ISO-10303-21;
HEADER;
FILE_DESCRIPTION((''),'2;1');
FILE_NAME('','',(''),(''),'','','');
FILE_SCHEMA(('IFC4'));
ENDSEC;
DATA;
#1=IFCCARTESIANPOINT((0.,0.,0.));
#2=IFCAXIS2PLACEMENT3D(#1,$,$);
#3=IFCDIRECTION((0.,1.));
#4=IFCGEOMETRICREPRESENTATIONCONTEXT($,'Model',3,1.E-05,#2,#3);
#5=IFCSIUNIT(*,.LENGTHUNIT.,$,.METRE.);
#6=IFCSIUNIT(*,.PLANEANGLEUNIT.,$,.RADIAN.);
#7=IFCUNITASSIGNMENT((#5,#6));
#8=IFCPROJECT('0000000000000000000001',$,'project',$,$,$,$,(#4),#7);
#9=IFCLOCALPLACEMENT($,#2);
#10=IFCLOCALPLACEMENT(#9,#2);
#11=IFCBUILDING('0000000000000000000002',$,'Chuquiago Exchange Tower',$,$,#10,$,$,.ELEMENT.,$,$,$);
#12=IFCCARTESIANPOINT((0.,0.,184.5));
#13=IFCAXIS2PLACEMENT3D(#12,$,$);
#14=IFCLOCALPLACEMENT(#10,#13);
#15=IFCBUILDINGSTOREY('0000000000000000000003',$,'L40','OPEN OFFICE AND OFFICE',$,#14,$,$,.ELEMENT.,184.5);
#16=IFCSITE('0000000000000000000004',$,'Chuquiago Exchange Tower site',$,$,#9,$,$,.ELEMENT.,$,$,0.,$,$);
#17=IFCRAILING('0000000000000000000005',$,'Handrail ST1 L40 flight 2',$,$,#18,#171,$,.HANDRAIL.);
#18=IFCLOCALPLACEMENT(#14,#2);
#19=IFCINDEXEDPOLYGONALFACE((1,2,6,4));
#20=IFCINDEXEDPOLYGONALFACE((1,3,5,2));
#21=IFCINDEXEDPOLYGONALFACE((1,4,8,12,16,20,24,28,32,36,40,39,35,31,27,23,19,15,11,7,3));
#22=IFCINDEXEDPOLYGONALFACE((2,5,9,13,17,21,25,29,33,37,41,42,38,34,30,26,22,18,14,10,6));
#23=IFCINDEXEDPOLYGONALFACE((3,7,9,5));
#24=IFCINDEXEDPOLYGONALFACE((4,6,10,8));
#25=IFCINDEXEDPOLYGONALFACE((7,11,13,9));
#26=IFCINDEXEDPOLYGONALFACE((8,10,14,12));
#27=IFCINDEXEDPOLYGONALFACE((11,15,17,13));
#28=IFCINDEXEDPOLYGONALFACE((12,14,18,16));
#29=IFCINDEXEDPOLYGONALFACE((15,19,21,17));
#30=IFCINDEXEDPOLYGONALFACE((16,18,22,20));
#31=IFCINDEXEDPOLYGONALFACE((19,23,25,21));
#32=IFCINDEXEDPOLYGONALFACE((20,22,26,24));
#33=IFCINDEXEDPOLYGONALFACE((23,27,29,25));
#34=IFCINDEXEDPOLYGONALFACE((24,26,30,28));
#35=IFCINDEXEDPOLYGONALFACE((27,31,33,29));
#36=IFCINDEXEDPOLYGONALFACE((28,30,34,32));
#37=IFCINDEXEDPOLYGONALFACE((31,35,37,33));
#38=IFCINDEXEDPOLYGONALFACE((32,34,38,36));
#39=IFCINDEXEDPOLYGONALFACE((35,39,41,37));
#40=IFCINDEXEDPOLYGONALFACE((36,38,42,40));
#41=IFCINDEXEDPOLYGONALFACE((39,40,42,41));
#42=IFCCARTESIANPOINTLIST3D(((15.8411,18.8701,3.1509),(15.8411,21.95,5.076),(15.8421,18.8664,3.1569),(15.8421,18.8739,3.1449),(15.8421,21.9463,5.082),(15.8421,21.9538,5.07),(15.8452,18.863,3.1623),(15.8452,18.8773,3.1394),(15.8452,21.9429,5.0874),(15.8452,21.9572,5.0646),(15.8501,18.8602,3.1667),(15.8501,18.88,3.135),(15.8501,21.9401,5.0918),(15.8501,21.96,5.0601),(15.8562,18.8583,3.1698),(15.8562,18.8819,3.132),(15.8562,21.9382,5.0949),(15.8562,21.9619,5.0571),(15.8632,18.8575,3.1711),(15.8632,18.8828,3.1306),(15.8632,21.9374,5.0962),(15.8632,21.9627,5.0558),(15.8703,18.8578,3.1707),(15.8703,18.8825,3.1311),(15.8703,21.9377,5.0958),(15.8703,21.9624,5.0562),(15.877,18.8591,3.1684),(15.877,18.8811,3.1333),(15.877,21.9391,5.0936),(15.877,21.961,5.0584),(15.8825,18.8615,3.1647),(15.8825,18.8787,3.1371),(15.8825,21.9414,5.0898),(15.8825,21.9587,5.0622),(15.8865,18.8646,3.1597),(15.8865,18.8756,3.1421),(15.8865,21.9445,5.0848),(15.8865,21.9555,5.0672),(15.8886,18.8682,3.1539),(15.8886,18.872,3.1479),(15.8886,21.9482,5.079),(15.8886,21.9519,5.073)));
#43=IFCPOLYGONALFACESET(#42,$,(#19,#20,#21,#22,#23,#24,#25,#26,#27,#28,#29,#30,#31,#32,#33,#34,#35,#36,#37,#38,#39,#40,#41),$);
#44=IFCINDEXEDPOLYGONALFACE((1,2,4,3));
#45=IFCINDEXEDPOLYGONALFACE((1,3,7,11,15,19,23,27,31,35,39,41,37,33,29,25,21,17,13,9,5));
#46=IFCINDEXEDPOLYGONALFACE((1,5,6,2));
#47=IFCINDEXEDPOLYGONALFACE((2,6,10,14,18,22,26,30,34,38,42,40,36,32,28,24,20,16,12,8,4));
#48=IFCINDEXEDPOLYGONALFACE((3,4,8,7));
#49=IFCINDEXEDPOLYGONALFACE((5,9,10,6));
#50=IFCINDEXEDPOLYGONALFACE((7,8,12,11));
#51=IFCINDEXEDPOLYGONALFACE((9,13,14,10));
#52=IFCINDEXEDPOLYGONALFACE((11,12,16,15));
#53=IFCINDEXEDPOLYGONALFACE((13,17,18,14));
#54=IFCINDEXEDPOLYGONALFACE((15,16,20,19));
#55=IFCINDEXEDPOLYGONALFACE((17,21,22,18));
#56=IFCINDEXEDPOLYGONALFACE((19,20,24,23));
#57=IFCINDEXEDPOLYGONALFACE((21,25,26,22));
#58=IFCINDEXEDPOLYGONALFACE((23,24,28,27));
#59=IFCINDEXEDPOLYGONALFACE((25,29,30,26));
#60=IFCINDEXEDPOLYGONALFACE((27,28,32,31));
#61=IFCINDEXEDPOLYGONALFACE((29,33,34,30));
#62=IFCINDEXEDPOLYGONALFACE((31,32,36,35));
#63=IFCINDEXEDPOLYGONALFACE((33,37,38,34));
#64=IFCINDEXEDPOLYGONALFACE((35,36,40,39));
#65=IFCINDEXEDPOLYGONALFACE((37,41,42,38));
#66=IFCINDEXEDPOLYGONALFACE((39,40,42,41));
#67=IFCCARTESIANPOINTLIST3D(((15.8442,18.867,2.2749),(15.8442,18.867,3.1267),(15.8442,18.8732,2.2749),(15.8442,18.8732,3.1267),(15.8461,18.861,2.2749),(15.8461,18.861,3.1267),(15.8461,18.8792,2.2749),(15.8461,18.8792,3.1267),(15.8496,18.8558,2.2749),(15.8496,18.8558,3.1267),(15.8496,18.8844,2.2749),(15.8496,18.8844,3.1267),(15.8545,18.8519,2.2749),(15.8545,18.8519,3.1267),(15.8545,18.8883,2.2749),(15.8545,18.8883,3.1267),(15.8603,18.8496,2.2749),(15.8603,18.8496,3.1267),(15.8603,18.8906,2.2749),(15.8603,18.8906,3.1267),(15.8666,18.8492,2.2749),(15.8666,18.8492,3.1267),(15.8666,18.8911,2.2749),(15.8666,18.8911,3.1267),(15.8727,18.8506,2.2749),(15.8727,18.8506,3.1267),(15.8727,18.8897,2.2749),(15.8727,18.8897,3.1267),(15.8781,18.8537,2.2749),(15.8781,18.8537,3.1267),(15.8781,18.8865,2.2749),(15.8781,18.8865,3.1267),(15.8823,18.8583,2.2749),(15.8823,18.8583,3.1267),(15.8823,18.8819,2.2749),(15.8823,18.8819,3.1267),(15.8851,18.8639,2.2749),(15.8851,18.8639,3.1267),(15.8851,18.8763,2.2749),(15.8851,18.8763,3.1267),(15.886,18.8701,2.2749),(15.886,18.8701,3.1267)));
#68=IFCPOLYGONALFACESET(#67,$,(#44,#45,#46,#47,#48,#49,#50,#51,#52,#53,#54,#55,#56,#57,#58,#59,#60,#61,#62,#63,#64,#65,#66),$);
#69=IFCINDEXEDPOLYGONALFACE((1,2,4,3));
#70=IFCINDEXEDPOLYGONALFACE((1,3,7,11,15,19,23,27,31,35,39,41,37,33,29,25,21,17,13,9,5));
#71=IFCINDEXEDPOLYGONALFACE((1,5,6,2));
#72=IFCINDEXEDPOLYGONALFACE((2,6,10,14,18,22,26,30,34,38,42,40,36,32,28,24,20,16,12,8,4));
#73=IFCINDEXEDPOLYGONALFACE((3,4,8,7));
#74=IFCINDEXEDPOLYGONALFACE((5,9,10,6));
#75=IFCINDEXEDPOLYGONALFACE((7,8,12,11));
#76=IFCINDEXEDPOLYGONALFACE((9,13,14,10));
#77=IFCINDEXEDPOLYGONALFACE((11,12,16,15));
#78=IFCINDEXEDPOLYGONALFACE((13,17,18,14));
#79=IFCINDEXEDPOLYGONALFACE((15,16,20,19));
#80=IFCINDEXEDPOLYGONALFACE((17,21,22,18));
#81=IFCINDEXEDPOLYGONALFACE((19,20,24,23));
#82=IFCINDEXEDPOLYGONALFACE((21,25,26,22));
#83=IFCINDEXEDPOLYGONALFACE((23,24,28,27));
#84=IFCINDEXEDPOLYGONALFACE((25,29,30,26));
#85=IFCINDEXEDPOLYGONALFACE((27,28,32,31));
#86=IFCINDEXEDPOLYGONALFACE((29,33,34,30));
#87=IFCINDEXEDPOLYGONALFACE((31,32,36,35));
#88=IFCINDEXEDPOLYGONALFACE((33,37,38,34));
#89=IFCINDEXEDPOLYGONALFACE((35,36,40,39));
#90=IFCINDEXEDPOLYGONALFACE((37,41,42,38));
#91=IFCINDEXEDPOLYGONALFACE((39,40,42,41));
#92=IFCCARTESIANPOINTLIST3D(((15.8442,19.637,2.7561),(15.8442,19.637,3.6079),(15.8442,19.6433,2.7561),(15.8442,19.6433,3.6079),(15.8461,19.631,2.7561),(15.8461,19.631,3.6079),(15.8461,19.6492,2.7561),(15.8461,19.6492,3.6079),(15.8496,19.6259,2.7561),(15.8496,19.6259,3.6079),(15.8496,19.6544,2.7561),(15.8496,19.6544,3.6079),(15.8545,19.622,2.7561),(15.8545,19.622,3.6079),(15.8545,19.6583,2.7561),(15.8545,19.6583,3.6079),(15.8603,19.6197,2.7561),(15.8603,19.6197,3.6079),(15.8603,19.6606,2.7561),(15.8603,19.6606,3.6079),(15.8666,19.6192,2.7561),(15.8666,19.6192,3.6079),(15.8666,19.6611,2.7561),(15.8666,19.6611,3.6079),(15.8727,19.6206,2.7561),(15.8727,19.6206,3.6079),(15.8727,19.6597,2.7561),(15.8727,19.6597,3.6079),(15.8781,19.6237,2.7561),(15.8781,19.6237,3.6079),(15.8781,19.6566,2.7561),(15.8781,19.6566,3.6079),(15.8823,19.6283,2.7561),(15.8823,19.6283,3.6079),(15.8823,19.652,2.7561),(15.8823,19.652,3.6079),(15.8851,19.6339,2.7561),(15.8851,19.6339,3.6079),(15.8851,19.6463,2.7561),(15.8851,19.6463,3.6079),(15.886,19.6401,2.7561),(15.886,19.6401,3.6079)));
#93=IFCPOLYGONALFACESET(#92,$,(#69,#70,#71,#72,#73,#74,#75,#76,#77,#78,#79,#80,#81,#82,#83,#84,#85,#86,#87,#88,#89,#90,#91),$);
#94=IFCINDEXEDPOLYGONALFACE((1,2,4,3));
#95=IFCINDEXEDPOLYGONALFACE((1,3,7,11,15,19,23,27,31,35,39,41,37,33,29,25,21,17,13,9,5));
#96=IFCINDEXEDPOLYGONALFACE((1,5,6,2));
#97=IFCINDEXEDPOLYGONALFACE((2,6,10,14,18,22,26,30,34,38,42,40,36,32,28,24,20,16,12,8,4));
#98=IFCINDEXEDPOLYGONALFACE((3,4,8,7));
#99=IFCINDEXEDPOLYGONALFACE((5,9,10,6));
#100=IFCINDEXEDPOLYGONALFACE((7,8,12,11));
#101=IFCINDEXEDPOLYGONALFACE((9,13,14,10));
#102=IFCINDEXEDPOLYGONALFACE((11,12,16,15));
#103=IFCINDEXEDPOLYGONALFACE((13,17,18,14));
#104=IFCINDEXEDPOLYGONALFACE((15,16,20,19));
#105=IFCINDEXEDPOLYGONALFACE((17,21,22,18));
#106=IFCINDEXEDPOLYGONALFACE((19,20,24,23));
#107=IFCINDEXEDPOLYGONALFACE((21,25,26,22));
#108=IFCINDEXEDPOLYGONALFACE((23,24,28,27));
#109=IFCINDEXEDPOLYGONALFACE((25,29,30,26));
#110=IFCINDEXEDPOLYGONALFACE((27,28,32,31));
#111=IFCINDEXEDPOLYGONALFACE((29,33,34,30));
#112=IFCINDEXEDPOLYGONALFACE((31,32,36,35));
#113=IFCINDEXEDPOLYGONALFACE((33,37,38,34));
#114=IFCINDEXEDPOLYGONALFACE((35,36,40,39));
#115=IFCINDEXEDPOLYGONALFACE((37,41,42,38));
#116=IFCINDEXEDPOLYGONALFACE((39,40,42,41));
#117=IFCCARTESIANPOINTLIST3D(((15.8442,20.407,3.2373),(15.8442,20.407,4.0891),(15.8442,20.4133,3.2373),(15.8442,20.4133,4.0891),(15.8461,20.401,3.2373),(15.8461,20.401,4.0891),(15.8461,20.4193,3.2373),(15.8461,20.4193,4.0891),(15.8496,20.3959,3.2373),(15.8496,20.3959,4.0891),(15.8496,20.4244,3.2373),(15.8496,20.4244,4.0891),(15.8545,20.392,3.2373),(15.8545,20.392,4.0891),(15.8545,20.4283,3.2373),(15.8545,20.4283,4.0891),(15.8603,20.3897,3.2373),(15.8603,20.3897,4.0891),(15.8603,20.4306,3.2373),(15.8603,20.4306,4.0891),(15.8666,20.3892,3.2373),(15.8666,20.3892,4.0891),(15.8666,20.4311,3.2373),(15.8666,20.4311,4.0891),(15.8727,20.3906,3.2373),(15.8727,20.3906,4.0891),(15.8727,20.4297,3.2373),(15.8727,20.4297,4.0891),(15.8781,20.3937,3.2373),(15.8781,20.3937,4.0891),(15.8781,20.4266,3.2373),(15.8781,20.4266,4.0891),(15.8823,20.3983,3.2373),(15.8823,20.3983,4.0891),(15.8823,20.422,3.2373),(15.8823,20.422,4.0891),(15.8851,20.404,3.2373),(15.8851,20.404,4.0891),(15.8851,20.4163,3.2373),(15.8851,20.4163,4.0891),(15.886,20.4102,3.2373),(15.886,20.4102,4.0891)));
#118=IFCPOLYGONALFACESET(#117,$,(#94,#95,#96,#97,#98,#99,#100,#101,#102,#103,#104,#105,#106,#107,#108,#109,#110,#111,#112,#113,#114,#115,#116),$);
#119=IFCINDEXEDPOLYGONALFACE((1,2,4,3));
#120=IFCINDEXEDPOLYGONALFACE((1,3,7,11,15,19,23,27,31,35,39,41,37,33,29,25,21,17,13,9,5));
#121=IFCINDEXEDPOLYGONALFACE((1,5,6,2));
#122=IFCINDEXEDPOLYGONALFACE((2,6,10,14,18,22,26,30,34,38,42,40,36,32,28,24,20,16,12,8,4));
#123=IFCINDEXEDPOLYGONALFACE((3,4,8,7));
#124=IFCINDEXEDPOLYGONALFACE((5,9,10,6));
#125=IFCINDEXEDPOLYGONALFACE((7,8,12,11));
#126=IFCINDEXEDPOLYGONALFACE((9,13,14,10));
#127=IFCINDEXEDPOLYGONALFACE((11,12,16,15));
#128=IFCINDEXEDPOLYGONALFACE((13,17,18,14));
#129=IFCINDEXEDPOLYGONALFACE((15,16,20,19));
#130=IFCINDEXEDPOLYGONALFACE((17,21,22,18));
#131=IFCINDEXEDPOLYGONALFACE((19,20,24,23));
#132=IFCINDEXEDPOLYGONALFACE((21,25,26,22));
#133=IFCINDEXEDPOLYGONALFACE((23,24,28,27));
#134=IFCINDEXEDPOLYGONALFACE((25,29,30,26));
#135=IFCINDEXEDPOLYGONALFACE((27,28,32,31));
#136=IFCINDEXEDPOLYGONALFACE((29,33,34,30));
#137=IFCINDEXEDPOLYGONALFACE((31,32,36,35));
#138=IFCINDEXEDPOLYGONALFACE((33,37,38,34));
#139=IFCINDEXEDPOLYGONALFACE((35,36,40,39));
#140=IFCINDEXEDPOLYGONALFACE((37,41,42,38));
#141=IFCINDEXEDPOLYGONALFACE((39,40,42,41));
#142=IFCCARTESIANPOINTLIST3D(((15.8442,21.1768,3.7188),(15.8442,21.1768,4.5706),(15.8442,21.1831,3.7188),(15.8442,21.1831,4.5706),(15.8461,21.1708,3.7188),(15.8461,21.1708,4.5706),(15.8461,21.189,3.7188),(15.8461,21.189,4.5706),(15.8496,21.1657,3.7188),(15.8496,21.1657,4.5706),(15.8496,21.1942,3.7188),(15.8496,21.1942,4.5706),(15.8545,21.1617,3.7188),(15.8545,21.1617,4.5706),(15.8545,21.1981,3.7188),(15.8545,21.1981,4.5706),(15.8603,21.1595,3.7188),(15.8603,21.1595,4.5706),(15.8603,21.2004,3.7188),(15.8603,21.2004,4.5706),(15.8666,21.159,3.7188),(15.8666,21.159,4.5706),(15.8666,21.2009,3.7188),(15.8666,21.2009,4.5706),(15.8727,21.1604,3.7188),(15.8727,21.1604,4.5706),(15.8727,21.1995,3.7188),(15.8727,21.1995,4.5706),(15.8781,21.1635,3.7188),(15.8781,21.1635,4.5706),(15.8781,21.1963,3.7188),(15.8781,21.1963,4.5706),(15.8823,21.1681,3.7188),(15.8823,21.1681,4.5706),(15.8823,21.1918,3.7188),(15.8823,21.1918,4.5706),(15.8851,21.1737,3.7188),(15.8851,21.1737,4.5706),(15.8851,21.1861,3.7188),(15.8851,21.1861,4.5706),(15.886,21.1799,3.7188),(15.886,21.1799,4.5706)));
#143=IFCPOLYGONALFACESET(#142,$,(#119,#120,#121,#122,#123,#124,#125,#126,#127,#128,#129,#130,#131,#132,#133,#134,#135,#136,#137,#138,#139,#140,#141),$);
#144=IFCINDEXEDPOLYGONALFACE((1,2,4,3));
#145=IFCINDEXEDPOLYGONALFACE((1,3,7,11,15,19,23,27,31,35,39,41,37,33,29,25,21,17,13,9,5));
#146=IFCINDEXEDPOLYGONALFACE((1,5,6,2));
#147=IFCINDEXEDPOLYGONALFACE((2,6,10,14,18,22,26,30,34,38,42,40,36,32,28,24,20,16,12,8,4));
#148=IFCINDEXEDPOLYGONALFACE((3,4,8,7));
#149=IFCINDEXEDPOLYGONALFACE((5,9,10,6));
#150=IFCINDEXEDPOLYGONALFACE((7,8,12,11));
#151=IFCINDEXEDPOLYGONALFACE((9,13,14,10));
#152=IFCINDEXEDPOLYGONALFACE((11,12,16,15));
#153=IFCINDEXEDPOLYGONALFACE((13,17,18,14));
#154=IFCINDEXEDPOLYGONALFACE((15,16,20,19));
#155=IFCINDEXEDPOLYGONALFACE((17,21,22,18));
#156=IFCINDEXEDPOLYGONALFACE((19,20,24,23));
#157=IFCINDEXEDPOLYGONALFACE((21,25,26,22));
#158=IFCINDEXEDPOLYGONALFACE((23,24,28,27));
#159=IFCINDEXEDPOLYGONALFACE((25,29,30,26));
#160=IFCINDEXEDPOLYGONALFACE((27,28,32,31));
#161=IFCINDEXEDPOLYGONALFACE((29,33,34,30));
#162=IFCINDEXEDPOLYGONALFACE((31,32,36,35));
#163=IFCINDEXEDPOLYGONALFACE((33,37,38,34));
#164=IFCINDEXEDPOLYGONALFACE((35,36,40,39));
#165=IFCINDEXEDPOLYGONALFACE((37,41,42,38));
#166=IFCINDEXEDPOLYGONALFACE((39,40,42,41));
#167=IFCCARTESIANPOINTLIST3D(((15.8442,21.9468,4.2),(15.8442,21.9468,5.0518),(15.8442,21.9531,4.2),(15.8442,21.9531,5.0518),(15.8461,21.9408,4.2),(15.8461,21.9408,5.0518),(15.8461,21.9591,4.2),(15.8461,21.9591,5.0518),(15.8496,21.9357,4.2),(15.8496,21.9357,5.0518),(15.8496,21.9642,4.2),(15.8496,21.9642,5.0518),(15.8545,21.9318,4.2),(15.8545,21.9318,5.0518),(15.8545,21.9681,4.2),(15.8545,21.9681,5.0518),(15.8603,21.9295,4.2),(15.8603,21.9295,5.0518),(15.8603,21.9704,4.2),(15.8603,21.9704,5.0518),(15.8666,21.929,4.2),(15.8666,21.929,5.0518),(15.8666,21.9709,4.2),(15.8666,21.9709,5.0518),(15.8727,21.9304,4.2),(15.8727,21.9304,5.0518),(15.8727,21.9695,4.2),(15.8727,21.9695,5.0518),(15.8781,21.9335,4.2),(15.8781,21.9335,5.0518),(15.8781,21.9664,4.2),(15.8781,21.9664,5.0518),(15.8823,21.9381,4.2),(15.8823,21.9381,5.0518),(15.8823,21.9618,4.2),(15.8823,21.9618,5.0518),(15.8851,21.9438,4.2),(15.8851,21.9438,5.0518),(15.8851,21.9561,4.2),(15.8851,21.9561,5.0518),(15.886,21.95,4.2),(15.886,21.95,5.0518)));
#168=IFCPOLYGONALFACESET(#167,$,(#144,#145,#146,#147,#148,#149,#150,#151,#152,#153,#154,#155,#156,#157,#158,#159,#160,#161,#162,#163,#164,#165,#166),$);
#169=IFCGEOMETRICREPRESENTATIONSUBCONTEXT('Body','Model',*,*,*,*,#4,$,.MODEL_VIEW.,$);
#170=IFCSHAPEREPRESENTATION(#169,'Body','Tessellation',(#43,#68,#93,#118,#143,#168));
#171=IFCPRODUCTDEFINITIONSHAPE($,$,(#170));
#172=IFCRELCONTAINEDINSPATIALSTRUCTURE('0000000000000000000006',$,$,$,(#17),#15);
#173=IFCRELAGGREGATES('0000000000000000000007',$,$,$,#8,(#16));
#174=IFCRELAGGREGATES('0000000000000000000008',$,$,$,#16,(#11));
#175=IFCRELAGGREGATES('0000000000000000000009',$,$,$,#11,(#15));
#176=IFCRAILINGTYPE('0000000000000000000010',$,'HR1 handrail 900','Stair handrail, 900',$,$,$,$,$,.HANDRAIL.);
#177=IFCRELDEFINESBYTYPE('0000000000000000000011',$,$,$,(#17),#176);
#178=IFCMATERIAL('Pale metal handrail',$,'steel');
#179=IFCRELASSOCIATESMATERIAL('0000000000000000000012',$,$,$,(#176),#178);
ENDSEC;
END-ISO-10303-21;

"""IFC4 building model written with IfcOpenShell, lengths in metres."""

from ifc_helpers import new_model, si_unit, direction, frame, origin, origin_2d, place, context, subcontext, project, spatial, circle, extrude, material, type_object, element, save


model = new_model("IFC4")

# Units and contexts
model_context = context("Model", 3, precision=1e-05, world=origin(), true_north=direction((0.0, 1.0)))
body_context = subcontext(model_context, "Body", "Model", "MODEL_VIEW")
ifc_project = project(units=[si_unit("LENGTHUNIT", "METRE"), si_unit("PLANEANGLEUNIT", "RADIAN")], contexts=[model_context])

# Site, building, storey
site_placement = place(None, origin())
site = spatial("IfcSite", under=ifc_project, at=site_placement, Name="Chuquiago Exchange Tower site", CompositionType="ELEMENT", RefElevation=0.0)
building_placement = place(site_placement, origin())
building = spatial("IfcBuilding", under=site, at=building_placement, Name="Chuquiago Exchange Tower", CompositionType="ELEMENT")
storey_placement = place(building_placement, frame((0.0, 0.0, 184.5)))
storey = spatial("IfcBuildingStorey", under=building, at=storey_placement, Name="L40", Description="OPEN OFFICE AND OFFICE", CompositionType="ELEMENT", Elevation=184.5)

# Railing
ifc_material_1 = material(Name="Pale metal handrail", Category="steel")
railing_type_1 = type_object("IfcRailingType", Name="HR1 handrail 900", Description="Stair handrail, 900", PredefinedType="HANDRAIL", material=ifc_material_1)
for number, where, name in (
    (1, (15.865, 18.8701, 2.2749), "Handrail ST1 L40 flight 2"),
):
    element("IfcRailing", number, at=place(storey_placement, frame(where)), inside=storey, type_object=railing_type_1, Name=name, PredefinedType="HANDRAIL", context=body_context, shape_type="SweptSolid", body=[
        extrude(circle(Radius=0.0239, at=origin_2d()), frame((0.0, 0.0, 0.876), z_axis=(0.0, 0.847979, 0.530029), x_axis=(-1.0, 0.0, 0.0)), (0.0, 0.0, 1.0), 3.6321),
        extrude(circle(Radius=0.021, at=origin_2d()), origin(), (0.0, 0.0, 1.0), 0.8518),
        extrude(circle(Radius=0.021, at=origin_2d()), frame((0.0, 0.77, 0.4812)), (0.0, 0.0, 1.0), 0.8518),
        extrude(circle(Radius=0.021, at=origin_2d()), frame((0.0, 1.54, 0.9624)), (0.0, 0.0, 1.0), 0.8518),
        extrude(circle(Radius=0.021, at=origin_2d()), frame((0.0, 2.3098, 1.4438)), (0.0, 0.0, 1.0), 0.8518),
        extrude(circle(Radius=0.021, at=origin_2d()), frame((0.0, 3.0798, 1.925)), (0.0, 0.0, 1.0), 0.8518),
    ])

save(model, "model.ifc")
